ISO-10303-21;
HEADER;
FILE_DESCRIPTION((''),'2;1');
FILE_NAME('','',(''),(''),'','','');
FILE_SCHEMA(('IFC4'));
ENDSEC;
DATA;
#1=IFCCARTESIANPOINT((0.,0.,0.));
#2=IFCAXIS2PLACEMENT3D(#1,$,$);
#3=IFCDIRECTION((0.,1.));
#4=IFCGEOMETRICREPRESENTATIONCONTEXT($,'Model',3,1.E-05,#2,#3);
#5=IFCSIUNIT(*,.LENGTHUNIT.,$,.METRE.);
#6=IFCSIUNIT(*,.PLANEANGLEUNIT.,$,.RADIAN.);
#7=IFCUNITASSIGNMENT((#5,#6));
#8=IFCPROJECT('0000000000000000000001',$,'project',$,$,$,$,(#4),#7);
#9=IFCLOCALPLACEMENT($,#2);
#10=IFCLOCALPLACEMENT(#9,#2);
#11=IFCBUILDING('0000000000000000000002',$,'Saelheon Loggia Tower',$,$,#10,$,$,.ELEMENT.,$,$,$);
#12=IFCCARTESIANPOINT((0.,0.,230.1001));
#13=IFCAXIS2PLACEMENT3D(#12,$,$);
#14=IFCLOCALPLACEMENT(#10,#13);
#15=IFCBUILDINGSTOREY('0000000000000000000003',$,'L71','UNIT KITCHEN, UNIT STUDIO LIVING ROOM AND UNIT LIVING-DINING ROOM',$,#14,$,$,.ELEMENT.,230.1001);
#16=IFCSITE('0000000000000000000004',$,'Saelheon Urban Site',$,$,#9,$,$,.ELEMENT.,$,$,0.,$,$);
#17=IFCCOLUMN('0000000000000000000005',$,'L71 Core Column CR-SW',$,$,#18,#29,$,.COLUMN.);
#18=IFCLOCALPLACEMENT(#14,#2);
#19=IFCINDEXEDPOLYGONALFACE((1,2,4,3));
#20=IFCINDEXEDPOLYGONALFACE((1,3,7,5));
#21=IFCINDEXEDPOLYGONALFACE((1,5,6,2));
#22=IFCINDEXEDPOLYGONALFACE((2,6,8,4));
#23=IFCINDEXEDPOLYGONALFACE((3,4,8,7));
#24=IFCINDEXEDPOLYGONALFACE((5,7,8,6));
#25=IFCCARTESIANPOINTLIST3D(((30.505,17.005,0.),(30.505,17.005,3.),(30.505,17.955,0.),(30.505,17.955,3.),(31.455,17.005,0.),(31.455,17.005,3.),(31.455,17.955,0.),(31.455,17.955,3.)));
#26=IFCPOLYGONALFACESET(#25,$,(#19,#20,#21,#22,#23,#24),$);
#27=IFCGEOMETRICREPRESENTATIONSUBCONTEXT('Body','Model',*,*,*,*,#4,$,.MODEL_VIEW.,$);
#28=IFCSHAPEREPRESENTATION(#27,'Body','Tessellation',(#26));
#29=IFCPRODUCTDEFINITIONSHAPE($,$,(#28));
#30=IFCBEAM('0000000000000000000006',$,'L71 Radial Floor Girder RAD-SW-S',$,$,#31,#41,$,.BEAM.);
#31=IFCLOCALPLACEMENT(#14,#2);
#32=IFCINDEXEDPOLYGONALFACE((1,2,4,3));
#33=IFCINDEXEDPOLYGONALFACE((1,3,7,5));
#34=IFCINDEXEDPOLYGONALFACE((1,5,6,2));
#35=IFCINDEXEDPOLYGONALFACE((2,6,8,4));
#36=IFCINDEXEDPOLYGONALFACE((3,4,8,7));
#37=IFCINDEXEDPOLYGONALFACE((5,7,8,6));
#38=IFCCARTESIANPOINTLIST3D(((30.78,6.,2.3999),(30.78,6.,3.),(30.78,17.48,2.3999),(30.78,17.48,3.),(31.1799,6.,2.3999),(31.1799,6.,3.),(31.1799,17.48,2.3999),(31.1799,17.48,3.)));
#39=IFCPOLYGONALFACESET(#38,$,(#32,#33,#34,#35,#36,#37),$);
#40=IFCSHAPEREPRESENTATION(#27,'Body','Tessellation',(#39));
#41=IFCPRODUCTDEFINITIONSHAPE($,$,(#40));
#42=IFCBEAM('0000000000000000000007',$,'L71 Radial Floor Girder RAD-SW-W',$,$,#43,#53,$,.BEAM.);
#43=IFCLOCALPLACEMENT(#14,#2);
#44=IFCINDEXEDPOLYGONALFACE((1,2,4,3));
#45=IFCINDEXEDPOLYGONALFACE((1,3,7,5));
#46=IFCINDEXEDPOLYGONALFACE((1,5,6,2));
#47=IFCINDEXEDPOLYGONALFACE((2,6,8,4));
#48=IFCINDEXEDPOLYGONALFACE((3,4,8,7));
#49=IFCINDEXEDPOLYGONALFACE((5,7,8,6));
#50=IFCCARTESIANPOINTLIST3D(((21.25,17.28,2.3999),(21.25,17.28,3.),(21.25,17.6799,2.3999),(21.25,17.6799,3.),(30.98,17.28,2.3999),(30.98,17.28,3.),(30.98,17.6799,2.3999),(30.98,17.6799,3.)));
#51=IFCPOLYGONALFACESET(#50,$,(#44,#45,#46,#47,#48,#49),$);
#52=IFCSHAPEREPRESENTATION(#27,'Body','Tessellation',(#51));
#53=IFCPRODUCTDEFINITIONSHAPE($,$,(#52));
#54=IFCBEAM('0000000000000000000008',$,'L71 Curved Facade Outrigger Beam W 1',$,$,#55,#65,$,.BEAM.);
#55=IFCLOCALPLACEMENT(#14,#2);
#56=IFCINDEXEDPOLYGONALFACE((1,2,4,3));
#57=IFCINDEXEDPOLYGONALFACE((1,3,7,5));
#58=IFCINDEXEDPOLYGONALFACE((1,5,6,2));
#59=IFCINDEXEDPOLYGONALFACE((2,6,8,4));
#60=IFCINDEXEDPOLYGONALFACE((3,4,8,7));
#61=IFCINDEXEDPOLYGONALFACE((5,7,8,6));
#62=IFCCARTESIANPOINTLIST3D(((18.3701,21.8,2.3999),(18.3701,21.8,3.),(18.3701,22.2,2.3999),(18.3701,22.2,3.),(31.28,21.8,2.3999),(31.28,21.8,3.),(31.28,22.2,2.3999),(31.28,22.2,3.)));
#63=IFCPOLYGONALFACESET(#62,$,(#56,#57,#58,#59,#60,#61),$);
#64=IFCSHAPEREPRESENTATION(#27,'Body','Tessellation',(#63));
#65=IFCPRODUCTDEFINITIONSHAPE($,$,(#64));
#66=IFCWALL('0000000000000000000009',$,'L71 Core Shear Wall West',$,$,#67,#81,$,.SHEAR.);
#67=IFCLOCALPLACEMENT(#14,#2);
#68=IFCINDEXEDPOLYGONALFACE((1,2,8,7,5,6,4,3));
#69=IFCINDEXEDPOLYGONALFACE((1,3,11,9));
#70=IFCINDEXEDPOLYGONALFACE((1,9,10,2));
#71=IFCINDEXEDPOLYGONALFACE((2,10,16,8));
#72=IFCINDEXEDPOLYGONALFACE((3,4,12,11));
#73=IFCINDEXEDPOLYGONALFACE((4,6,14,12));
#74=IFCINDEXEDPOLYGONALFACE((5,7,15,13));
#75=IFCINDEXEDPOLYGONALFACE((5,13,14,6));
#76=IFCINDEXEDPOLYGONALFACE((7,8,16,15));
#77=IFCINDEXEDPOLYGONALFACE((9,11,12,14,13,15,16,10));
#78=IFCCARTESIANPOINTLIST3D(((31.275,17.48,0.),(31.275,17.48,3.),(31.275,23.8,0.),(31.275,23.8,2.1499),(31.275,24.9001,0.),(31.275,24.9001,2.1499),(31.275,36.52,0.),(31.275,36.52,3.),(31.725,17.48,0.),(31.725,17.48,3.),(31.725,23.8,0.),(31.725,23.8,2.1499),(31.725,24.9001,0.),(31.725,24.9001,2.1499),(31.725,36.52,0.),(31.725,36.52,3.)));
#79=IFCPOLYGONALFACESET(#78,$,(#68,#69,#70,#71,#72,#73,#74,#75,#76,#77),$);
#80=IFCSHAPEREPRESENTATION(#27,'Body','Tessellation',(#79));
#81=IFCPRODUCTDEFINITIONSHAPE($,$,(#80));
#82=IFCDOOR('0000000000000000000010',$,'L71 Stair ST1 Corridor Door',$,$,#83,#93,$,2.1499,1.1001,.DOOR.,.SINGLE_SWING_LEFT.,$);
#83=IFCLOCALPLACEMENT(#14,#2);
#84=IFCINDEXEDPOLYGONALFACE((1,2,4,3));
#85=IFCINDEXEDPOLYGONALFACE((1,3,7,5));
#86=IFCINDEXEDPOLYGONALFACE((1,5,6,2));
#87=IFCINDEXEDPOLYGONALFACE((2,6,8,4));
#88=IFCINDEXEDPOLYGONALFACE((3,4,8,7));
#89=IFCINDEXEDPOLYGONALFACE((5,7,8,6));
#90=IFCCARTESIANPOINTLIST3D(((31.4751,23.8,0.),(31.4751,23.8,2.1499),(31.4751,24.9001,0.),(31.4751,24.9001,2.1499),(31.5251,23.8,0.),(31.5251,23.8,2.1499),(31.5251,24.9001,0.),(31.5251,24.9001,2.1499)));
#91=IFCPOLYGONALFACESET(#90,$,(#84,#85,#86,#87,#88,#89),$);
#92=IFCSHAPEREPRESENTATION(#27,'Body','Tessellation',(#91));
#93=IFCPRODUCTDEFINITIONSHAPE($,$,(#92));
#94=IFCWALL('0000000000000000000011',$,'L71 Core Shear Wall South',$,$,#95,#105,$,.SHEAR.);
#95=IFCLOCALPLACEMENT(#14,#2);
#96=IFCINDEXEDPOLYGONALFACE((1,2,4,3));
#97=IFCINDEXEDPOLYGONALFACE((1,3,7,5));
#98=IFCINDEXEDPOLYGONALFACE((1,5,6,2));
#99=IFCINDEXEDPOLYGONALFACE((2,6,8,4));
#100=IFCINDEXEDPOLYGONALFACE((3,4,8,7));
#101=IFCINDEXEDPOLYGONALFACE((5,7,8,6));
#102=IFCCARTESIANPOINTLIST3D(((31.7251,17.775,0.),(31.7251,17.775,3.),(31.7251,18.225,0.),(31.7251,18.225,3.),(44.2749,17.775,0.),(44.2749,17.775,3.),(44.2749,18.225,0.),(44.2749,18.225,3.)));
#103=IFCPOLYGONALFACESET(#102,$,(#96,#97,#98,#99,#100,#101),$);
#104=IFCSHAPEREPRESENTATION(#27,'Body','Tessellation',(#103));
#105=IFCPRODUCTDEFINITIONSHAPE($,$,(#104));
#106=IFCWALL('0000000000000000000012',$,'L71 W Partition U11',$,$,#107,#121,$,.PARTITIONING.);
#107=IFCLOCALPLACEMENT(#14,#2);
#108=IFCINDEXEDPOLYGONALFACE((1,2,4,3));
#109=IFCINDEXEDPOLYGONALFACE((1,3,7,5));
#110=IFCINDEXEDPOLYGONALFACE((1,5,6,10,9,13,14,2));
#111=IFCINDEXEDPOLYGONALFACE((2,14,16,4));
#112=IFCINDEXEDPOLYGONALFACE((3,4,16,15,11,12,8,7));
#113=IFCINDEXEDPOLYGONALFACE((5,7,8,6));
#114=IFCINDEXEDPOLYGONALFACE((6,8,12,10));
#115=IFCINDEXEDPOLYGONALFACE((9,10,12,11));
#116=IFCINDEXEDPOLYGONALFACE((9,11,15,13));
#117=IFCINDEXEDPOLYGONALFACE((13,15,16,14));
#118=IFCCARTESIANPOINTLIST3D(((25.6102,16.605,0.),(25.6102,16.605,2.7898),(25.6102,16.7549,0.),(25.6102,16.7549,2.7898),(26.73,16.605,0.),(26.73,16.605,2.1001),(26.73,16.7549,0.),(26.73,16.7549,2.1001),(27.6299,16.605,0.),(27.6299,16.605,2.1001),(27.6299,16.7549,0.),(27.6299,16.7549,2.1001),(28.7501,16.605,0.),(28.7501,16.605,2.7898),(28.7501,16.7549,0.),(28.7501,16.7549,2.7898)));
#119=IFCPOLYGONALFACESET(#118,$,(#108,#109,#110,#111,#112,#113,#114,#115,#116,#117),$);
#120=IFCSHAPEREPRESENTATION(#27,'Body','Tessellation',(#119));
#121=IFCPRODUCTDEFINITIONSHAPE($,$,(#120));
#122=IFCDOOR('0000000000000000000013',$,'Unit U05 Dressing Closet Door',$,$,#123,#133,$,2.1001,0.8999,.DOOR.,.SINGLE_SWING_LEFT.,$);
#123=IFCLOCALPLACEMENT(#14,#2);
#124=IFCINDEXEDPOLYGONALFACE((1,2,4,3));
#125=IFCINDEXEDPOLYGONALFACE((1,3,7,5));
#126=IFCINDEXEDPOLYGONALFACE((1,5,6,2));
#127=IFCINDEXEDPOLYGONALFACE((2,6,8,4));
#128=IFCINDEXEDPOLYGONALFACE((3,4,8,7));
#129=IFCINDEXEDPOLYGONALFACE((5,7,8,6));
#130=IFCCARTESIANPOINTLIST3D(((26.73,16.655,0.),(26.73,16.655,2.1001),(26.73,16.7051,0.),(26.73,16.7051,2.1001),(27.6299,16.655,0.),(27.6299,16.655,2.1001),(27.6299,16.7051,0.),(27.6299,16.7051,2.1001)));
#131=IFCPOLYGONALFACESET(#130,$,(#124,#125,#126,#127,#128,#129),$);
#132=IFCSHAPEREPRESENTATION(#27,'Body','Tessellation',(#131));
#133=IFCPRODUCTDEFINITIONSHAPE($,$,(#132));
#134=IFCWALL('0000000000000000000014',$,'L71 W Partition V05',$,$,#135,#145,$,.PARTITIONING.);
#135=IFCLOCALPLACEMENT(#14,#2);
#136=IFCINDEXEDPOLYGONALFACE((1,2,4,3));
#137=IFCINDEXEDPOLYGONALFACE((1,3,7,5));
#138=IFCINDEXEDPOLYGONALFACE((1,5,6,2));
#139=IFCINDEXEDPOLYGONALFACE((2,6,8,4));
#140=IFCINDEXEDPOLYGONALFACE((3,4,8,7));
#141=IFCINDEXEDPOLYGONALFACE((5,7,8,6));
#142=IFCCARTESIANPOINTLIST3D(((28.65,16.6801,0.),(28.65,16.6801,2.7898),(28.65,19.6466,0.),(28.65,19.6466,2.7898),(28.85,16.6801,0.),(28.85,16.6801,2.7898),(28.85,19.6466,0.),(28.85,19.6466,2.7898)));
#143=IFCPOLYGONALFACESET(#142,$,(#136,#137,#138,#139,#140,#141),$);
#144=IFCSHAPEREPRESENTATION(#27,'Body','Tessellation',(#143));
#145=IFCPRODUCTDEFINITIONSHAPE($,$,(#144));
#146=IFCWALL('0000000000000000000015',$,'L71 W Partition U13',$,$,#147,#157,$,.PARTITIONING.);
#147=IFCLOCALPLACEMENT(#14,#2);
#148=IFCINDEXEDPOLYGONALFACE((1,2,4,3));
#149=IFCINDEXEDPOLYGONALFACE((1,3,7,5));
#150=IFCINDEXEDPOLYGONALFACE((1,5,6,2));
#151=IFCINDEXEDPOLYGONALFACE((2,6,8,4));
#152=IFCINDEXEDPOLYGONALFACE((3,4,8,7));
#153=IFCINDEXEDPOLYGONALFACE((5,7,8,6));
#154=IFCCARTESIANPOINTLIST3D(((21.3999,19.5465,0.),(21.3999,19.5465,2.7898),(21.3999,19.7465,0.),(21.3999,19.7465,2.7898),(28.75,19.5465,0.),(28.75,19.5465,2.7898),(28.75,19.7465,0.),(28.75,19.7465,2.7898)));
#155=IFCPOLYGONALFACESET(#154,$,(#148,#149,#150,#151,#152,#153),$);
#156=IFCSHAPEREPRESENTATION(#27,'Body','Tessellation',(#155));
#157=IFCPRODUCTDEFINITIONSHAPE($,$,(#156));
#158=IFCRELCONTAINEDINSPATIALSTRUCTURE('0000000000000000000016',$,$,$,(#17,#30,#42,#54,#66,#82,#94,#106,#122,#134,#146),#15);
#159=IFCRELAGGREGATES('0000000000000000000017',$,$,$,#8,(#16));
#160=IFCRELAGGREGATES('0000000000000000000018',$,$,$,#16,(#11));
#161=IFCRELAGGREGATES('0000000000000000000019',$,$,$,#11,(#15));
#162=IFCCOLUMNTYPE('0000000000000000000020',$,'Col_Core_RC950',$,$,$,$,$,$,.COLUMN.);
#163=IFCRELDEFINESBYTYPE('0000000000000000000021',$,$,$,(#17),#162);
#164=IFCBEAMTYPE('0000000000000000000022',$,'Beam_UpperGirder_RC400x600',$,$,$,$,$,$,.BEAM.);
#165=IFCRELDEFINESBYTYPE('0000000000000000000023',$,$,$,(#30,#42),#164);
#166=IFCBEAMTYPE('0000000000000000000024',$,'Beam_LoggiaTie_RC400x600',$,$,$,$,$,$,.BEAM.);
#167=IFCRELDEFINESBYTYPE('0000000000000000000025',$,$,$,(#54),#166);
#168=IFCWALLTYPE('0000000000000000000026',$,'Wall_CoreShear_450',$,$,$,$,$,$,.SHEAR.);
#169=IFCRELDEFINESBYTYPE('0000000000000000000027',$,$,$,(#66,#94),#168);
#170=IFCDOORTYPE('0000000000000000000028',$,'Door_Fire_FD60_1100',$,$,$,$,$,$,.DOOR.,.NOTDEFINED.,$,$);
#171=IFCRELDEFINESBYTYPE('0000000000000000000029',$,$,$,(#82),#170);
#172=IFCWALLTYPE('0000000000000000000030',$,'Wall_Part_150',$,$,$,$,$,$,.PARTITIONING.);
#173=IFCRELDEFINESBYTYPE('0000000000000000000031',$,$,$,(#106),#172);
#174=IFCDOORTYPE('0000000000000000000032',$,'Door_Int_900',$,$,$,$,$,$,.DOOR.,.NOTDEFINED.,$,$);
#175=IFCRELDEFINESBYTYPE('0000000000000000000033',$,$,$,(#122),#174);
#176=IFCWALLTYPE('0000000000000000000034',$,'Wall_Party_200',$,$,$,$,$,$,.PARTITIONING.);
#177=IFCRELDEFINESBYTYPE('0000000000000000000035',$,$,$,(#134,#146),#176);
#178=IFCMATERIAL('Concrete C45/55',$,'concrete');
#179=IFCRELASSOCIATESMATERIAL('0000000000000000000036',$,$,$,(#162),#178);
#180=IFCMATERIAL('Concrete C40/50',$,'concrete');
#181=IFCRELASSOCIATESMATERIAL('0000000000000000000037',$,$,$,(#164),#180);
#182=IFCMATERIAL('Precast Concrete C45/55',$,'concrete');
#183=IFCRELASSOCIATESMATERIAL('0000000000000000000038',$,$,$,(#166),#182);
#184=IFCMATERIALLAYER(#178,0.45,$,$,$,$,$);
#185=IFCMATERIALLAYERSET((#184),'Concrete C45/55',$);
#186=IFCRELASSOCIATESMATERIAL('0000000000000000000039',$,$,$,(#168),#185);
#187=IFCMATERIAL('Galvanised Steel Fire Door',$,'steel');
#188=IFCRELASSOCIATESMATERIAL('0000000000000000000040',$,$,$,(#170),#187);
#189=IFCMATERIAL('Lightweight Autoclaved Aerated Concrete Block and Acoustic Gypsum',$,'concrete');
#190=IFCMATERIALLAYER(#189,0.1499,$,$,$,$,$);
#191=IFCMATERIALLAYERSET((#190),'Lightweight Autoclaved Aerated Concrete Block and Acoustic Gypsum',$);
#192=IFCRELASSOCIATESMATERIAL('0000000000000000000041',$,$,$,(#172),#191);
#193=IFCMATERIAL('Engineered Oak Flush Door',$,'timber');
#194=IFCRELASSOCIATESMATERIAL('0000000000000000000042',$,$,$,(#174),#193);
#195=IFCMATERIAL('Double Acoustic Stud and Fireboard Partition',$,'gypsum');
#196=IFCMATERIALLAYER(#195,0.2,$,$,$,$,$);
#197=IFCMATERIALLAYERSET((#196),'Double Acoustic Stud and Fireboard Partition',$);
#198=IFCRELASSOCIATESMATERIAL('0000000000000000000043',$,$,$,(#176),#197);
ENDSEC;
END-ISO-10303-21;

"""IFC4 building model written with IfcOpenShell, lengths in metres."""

from ifc_helpers import new_model, si_unit, direction, frame, frame_2d, origin, origin_2d, place, context, subcontext, project, spatial, rectangle, extrude, source, transform, mapped, material, layer, layer_set, material_profile, profile_set, type_object, element, fill, save


model = new_model("IFC4")

# Units and contexts
model_context = context("Model", 3, precision=1e-05, world=origin(), true_north=direction((0.0, 1.0)))
body_context = subcontext(model_context, "Body", "Model", "MODEL_VIEW")
ifc_project = project(units=[si_unit("LENGTHUNIT", "METRE"), si_unit("PLANEANGLEUNIT", "RADIAN")], contexts=[model_context])

# Site, building, storey
site_placement = place(None, origin())
site = spatial("IfcSite", under=ifc_project, at=site_placement, Name="Saelheon Urban Site", CompositionType="ELEMENT", RefElevation=0.0)
building_placement = place(site_placement, origin())
building = spatial("IfcBuilding", under=site, at=building_placement, Name="Saelheon Loggia Tower", CompositionType="ELEMENT")
storey_placement = place(building_placement, frame((0.0, 0.0, 230.1001)))
storey = spatial("IfcBuildingStorey", under=building, at=storey_placement, Name="L71", Description="UNIT KITCHEN, UNIT STUDIO LIVING ROOM AND UNIT LIVING-DINING ROOM", CompositionType="ELEMENT", Elevation=230.1001)

# Column
ifc_material_1 = material(Name="Concrete C45/55", Category="concrete")
ifc_material_profile_1 = material_profile(ifc_material_1, rectangle(XDim=0.95, YDim=0.95, at=origin_2d()), Name="RC-950x950")
ifc_profile_set_1 = profile_set([ifc_material_profile_1], Name="Concrete C45/55")
column_type = type_object("IfcColumnType", Name="Col_Core_RC950", PredefinedType="COLUMN", material=ifc_profile_set_1)
shared_shape_1 = source(origin(), body_context, "Body", "SweptSolid", [
    extrude(rectangle(XDim=0.95, YDim=0.95, at=origin_2d()), origin(), (0.0, 0.0, 1.0), 3.0),
])
column_placement = place(storey_placement, frame((30.98, 17.48, 0.0), z_axis=(0.0, 0.0, 1.0), x_axis=(1.0, 0.0, 0.0)))
element("IfcColumn", 1, at=column_placement, inside=storey, type_object=column_type, Name="L71 Core Column CR-SW", PredefinedType="COLUMN", context=body_context, shape_type="MappedRepresentation", body=[
    mapped(shared_shape_1, transform((0.0, 0.0, 0.0), scale=1.0)),
])

# Beams
ifc_material_2 = material(Name="Concrete C40/50", Category="concrete")
ifc_material_profile_2 = material_profile(ifc_material_2, rectangle(XDim=0.3999, YDim=0.6001, at=origin_2d()), Name="RC-400x600")
ifc_profile_set_2 = profile_set([ifc_material_profile_2], Name="Concrete C40/50")
beam_type_1 = type_object("IfcBeamType", Name="Beam_UpperGirder_RC400x600", PredefinedType="BEAM", material=ifc_profile_set_2)
shared_shape_2 = source(origin(), body_context, "Body", "SweptSolid", [
    extrude(rectangle(XDim=0.3999, YDim=0.6001, at=origin_2d()), origin(), (0.0, 0.0, 1.0), 11.48),
])
beam_1_placement = place(storey_placement, frame((30.98, 17.48, 2.7), z_axis=(0.0, -1.0, 0.0), x_axis=(1.0, 0.0, 0.0)))
element("IfcBeam", 2, at=beam_1_placement, inside=storey, type_object=beam_type_1, Name="L71 Radial Floor Girder RAD-SW-S", PredefinedType="BEAM", context=body_context, shape_type="MappedRepresentation", body=[
    mapped(shared_shape_2, transform((0.0, 0.0, 0.0), scale=1.0)),
])
shared_shape_3 = source(origin(), body_context, "Body", "SweptSolid", [
    extrude(rectangle(XDim=0.3999, YDim=0.6001, at=origin_2d()), origin(), (0.0, 0.0, 1.0), 9.73),
])
beam_2_placement = place(storey_placement, frame((30.98, 17.48, 2.7), z_axis=(-1.0, 0.0, 0.0), x_axis=(0.0, -1.0, 0.0)))
element("IfcBeam", 3, at=beam_2_placement, inside=storey, type_object=beam_type_1, Name="L71 Radial Floor Girder RAD-SW-W", PredefinedType="BEAM", context=body_context, shape_type="MappedRepresentation", body=[
    mapped(shared_shape_3, transform((0.0, 0.0, 0.0), scale=1.0)),
])
ifc_material_3 = material(Name="Precast Concrete C45/55", Category="concrete")
ifc_material_profile_3 = material_profile(ifc_material_3, rectangle(XDim=0.3999, YDim=0.6001, at=origin_2d()), Name="RC-400x600")
ifc_profile_set_3 = profile_set([ifc_material_profile_3], Name="Precast Concrete C45/55")
beam_type_2 = type_object("IfcBeamType", Name="Beam_LoggiaTie_RC400x600", PredefinedType="BEAM", material=ifc_profile_set_3)
shared_shape_4 = source(origin(), body_context, "Body", "SweptSolid", [
    extrude(rectangle(XDim=0.3999, YDim=0.6001, at=origin_2d()), origin(), (0.0, 0.0, 1.0), 12.9099),
])
beam_3_placement = place(storey_placement, frame((31.28, 22.0, 2.7), z_axis=(-1.0, 0.0, 0.0), x_axis=(0.0, -1.0, 0.0)))
element("IfcBeam", 4, at=beam_3_placement, inside=storey, type_object=beam_type_2, Name="L71 Curved Facade Outrigger Beam W 1", PredefinedType="BEAM", context=body_context, shape_type="MappedRepresentation", body=[
    mapped(shared_shape_4, transform((0.0, 0.0, 0.0), scale=1.0)),
])

# Wall, opening, door
ifc_layer_1 = layer(ifc_material_1, 0.45)
ifc_layer_set_1 = layer_set([ifc_layer_1], Name="Concrete C45/55")
wall_type_1 = type_object("IfcWallType", Name="Wall_CoreShear_450", PredefinedType="SHEAR", material=ifc_layer_set_1)
wall_1_placement = place(storey_placement, frame((31.5, 17.48, 0.0), z_axis=(0.0, 0.0, 1.0), x_axis=(0.0, 1.0, 0.0)))
wall_1 = element("IfcWall", 5, at=wall_1_placement, inside=storey, type_object=wall_type_1, Name="L71 Core Shear Wall West", PredefinedType="SHEAR", context=body_context, shape_type="SweptSolid", body=[
    extrude(rectangle(XDim=19.04, YDim=0.45, at=frame_2d((9.52, 0.0))), origin(), (0.0, 0.0, 1.0), 3.0),
])
opening_1_placement = place(wall_1_placement, frame((6.3201, 0.0, 0.0)))
opening_1 = element("IfcOpeningElement", 6, at=opening_1_placement, cuts=wall_1, PredefinedType="OPENING", context=body_context, shape_type="SweptSolid", body=[
    extrude(rectangle(XDim=1.1001, YDim=2.1499, at=frame_2d((0.55, 1.075))), frame((0.0, 0.2371, 0.0), z_axis=(0.0, -1.0, 0.0), x_axis=(1.0, 0.0, 0.0)), (0.0, 0.0, 1.0), 0.4739),
])
ifc_material_4 = material(Name="Galvanised Steel Fire Door", Category="steel")
door_type_1 = type_object("IfcDoorType", Name="Door_Fire_FD60_1100", OperationType="NOTDEFINED", PredefinedType="DOOR", material=ifc_material_4)
shared_shape_5 = source(origin(), body_context, "Body", "SweptSolid", [
    extrude(rectangle(XDim=1.1001, YDim=2.1499, at=frame_2d((0.55, 1.075))), frame((0.0, 0.0249, 0.0), z_axis=(0.0, -1.0, 0.0), x_axis=(1.0, 0.0, 0.0)), (0.0, 0.0, 1.0), 0.05),
])
door_1_placement = place(opening_1_placement, origin())
door_1 = element("IfcDoor", 7, at=door_1_placement, inside=storey, type_object=door_type_1, Name="L71 Stair ST1 Corridor Door", OperationType="SINGLE_SWING_LEFT", OverallHeight=2.1499, OverallWidth=1.1001, PredefinedType="DOOR", context=body_context, shape_type="MappedRepresentation", body=[
    mapped(shared_shape_5, transform((0.0, 0.0, 0.0), scale=1.0)),
])
fill(opening_1, door_1)

# Wall
wall_2_placement = place(storey_placement, frame((31.7251, 18.0, 0.0), z_axis=(0.0, 0.0, 1.0), x_axis=(1.0, 0.0, 0.0)))
element("IfcWall", 8, at=wall_2_placement, inside=storey, type_object=wall_type_1, Name="L71 Core Shear Wall South", PredefinedType="SHEAR", context=body_context, shape_type="SweptSolid", body=[
    extrude(rectangle(XDim=12.5498, YDim=0.45, at=frame_2d((6.2749, 0.0))), origin(), (0.0, 0.0, 1.0), 3.0),
])

# Wall, opening, door
ifc_material_5 = material(Name="Lightweight Autoclaved Aerated Concrete Block and Acoustic Gypsum", Category="concrete")
ifc_layer_2 = layer(ifc_material_5, 0.1499)
ifc_layer_set_2 = layer_set([ifc_layer_2], Name="Lightweight Autoclaved Aerated Concrete Block and Acoustic Gypsum")
wall_type_2 = type_object("IfcWallType", Name="Wall_Part_150", PredefinedType="PARTITIONING", material=ifc_layer_set_2)
wall_3_placement = place(storey_placement, frame((28.75, 16.6799, 0.0), z_axis=(0.0, 0.0, 1.0), x_axis=(-1.0, 0.0, 0.0)))
wall_3 = element("IfcWall", 9, at=wall_3_placement, inside=storey, type_object=wall_type_2, Name="L71 W Partition U11", PredefinedType="PARTITIONING", context=body_context, shape_type="SweptSolid", body=[
    extrude(rectangle(XDim=3.1399, YDim=0.1499, at=frame_2d((1.5698, 0.0))), origin(), (0.0, 0.0, 1.0), 2.7898),
])
opening_2_placement = place(wall_3_placement, frame((1.1201, 0.0, 0.0)))
opening_2 = element("IfcOpeningElement", 10, at=opening_2_placement, cuts=wall_3, PredefinedType="OPENING", context=body_context, shape_type="SweptSolid", body=[
    extrude(rectangle(XDim=0.8999, YDim=2.1001, at=frame_2d((0.45, 1.05))), frame((0.0, 0.0869, 0.0), z_axis=(0.0, -1.0, 0.0), x_axis=(1.0, 0.0, 0.0)), (0.0, 0.0, 1.0), 0.1738),
])
ifc_material_6 = material(Name="Engineered Oak Flush Door", Category="timber")
door_type_2 = type_object("IfcDoorType", Name="Door_Int_900", OperationType="NOTDEFINED", PredefinedType="DOOR", material=ifc_material_6)
shared_shape_6 = source(origin(), body_context, "Body", "SweptSolid", [
    extrude(rectangle(XDim=0.8999, YDim=2.1001, at=frame_2d((0.45, 1.05))), frame((0.0, 0.0249, 0.0), z_axis=(0.0, -1.0, 0.0), x_axis=(1.0, 0.0, 0.0)), (0.0, 0.0, 1.0), 0.05),
])
door_2_placement = place(opening_2_placement, origin())
door_2 = element("IfcDoor", 11, at=door_2_placement, inside=storey, type_object=door_type_2, Name="Unit U05 Dressing Closet Door", OperationType="SINGLE_SWING_LEFT", OverallHeight=2.1001, OverallWidth=0.8999, PredefinedType="DOOR", context=body_context, shape_type="MappedRepresentation", body=[
    mapped(shared_shape_6, transform((0.0, 0.0, 0.0), scale=1.0)),
])
fill(opening_2, door_2)
ifc_material_7 = material(Name="Double Acoustic Stud and Fireboard Partition", Category="gypsum")
ifc_layer_3 = layer(ifc_material_7, 0.2)
ifc_layer_set_3 = layer_set([ifc_layer_3], Name="Double Acoustic Stud and Fireboard Partition")
wall_type_3 = type_object("IfcWallType", Name="Wall_Party_200", PredefinedType="PARTITIONING", material=ifc_layer_set_3)

# Walls
wall_4_placement = place(storey_placement, frame((28.75, 16.6799, 0.0), z_axis=(0.0, 0.0, 1.0), x_axis=(0.0, 1.0, 0.0)))
element("IfcWall", 12, at=wall_4_placement, inside=storey, type_object=wall_type_3, Name="L71 W Partition V05", PredefinedType="PARTITIONING", context=body_context, shape_type="SweptSolid", body=[
    extrude(rectangle(XDim=2.9666, YDim=0.2, at=frame_2d((1.4834, 0.0))), origin(), (0.0, 0.0, 1.0), 2.7898),
])
wall_5_placement = place(storey_placement, frame((28.75, 19.6465, 0.0), z_axis=(0.0, 0.0, 1.0), x_axis=(-1.0, 0.0, 0.0)))
element("IfcWall", 13, at=wall_5_placement, inside=storey, type_object=wall_type_3, Name="L71 W Partition U13", PredefinedType="PARTITIONING", context=body_context, shape_type="SweptSolid", body=[
    extrude(rectangle(XDim=7.3501, YDim=0.2, at=frame_2d((3.675, 0.0))), origin(), (0.0, 0.0, 1.0), 2.7898),
])

save(model, "model.ifc")
